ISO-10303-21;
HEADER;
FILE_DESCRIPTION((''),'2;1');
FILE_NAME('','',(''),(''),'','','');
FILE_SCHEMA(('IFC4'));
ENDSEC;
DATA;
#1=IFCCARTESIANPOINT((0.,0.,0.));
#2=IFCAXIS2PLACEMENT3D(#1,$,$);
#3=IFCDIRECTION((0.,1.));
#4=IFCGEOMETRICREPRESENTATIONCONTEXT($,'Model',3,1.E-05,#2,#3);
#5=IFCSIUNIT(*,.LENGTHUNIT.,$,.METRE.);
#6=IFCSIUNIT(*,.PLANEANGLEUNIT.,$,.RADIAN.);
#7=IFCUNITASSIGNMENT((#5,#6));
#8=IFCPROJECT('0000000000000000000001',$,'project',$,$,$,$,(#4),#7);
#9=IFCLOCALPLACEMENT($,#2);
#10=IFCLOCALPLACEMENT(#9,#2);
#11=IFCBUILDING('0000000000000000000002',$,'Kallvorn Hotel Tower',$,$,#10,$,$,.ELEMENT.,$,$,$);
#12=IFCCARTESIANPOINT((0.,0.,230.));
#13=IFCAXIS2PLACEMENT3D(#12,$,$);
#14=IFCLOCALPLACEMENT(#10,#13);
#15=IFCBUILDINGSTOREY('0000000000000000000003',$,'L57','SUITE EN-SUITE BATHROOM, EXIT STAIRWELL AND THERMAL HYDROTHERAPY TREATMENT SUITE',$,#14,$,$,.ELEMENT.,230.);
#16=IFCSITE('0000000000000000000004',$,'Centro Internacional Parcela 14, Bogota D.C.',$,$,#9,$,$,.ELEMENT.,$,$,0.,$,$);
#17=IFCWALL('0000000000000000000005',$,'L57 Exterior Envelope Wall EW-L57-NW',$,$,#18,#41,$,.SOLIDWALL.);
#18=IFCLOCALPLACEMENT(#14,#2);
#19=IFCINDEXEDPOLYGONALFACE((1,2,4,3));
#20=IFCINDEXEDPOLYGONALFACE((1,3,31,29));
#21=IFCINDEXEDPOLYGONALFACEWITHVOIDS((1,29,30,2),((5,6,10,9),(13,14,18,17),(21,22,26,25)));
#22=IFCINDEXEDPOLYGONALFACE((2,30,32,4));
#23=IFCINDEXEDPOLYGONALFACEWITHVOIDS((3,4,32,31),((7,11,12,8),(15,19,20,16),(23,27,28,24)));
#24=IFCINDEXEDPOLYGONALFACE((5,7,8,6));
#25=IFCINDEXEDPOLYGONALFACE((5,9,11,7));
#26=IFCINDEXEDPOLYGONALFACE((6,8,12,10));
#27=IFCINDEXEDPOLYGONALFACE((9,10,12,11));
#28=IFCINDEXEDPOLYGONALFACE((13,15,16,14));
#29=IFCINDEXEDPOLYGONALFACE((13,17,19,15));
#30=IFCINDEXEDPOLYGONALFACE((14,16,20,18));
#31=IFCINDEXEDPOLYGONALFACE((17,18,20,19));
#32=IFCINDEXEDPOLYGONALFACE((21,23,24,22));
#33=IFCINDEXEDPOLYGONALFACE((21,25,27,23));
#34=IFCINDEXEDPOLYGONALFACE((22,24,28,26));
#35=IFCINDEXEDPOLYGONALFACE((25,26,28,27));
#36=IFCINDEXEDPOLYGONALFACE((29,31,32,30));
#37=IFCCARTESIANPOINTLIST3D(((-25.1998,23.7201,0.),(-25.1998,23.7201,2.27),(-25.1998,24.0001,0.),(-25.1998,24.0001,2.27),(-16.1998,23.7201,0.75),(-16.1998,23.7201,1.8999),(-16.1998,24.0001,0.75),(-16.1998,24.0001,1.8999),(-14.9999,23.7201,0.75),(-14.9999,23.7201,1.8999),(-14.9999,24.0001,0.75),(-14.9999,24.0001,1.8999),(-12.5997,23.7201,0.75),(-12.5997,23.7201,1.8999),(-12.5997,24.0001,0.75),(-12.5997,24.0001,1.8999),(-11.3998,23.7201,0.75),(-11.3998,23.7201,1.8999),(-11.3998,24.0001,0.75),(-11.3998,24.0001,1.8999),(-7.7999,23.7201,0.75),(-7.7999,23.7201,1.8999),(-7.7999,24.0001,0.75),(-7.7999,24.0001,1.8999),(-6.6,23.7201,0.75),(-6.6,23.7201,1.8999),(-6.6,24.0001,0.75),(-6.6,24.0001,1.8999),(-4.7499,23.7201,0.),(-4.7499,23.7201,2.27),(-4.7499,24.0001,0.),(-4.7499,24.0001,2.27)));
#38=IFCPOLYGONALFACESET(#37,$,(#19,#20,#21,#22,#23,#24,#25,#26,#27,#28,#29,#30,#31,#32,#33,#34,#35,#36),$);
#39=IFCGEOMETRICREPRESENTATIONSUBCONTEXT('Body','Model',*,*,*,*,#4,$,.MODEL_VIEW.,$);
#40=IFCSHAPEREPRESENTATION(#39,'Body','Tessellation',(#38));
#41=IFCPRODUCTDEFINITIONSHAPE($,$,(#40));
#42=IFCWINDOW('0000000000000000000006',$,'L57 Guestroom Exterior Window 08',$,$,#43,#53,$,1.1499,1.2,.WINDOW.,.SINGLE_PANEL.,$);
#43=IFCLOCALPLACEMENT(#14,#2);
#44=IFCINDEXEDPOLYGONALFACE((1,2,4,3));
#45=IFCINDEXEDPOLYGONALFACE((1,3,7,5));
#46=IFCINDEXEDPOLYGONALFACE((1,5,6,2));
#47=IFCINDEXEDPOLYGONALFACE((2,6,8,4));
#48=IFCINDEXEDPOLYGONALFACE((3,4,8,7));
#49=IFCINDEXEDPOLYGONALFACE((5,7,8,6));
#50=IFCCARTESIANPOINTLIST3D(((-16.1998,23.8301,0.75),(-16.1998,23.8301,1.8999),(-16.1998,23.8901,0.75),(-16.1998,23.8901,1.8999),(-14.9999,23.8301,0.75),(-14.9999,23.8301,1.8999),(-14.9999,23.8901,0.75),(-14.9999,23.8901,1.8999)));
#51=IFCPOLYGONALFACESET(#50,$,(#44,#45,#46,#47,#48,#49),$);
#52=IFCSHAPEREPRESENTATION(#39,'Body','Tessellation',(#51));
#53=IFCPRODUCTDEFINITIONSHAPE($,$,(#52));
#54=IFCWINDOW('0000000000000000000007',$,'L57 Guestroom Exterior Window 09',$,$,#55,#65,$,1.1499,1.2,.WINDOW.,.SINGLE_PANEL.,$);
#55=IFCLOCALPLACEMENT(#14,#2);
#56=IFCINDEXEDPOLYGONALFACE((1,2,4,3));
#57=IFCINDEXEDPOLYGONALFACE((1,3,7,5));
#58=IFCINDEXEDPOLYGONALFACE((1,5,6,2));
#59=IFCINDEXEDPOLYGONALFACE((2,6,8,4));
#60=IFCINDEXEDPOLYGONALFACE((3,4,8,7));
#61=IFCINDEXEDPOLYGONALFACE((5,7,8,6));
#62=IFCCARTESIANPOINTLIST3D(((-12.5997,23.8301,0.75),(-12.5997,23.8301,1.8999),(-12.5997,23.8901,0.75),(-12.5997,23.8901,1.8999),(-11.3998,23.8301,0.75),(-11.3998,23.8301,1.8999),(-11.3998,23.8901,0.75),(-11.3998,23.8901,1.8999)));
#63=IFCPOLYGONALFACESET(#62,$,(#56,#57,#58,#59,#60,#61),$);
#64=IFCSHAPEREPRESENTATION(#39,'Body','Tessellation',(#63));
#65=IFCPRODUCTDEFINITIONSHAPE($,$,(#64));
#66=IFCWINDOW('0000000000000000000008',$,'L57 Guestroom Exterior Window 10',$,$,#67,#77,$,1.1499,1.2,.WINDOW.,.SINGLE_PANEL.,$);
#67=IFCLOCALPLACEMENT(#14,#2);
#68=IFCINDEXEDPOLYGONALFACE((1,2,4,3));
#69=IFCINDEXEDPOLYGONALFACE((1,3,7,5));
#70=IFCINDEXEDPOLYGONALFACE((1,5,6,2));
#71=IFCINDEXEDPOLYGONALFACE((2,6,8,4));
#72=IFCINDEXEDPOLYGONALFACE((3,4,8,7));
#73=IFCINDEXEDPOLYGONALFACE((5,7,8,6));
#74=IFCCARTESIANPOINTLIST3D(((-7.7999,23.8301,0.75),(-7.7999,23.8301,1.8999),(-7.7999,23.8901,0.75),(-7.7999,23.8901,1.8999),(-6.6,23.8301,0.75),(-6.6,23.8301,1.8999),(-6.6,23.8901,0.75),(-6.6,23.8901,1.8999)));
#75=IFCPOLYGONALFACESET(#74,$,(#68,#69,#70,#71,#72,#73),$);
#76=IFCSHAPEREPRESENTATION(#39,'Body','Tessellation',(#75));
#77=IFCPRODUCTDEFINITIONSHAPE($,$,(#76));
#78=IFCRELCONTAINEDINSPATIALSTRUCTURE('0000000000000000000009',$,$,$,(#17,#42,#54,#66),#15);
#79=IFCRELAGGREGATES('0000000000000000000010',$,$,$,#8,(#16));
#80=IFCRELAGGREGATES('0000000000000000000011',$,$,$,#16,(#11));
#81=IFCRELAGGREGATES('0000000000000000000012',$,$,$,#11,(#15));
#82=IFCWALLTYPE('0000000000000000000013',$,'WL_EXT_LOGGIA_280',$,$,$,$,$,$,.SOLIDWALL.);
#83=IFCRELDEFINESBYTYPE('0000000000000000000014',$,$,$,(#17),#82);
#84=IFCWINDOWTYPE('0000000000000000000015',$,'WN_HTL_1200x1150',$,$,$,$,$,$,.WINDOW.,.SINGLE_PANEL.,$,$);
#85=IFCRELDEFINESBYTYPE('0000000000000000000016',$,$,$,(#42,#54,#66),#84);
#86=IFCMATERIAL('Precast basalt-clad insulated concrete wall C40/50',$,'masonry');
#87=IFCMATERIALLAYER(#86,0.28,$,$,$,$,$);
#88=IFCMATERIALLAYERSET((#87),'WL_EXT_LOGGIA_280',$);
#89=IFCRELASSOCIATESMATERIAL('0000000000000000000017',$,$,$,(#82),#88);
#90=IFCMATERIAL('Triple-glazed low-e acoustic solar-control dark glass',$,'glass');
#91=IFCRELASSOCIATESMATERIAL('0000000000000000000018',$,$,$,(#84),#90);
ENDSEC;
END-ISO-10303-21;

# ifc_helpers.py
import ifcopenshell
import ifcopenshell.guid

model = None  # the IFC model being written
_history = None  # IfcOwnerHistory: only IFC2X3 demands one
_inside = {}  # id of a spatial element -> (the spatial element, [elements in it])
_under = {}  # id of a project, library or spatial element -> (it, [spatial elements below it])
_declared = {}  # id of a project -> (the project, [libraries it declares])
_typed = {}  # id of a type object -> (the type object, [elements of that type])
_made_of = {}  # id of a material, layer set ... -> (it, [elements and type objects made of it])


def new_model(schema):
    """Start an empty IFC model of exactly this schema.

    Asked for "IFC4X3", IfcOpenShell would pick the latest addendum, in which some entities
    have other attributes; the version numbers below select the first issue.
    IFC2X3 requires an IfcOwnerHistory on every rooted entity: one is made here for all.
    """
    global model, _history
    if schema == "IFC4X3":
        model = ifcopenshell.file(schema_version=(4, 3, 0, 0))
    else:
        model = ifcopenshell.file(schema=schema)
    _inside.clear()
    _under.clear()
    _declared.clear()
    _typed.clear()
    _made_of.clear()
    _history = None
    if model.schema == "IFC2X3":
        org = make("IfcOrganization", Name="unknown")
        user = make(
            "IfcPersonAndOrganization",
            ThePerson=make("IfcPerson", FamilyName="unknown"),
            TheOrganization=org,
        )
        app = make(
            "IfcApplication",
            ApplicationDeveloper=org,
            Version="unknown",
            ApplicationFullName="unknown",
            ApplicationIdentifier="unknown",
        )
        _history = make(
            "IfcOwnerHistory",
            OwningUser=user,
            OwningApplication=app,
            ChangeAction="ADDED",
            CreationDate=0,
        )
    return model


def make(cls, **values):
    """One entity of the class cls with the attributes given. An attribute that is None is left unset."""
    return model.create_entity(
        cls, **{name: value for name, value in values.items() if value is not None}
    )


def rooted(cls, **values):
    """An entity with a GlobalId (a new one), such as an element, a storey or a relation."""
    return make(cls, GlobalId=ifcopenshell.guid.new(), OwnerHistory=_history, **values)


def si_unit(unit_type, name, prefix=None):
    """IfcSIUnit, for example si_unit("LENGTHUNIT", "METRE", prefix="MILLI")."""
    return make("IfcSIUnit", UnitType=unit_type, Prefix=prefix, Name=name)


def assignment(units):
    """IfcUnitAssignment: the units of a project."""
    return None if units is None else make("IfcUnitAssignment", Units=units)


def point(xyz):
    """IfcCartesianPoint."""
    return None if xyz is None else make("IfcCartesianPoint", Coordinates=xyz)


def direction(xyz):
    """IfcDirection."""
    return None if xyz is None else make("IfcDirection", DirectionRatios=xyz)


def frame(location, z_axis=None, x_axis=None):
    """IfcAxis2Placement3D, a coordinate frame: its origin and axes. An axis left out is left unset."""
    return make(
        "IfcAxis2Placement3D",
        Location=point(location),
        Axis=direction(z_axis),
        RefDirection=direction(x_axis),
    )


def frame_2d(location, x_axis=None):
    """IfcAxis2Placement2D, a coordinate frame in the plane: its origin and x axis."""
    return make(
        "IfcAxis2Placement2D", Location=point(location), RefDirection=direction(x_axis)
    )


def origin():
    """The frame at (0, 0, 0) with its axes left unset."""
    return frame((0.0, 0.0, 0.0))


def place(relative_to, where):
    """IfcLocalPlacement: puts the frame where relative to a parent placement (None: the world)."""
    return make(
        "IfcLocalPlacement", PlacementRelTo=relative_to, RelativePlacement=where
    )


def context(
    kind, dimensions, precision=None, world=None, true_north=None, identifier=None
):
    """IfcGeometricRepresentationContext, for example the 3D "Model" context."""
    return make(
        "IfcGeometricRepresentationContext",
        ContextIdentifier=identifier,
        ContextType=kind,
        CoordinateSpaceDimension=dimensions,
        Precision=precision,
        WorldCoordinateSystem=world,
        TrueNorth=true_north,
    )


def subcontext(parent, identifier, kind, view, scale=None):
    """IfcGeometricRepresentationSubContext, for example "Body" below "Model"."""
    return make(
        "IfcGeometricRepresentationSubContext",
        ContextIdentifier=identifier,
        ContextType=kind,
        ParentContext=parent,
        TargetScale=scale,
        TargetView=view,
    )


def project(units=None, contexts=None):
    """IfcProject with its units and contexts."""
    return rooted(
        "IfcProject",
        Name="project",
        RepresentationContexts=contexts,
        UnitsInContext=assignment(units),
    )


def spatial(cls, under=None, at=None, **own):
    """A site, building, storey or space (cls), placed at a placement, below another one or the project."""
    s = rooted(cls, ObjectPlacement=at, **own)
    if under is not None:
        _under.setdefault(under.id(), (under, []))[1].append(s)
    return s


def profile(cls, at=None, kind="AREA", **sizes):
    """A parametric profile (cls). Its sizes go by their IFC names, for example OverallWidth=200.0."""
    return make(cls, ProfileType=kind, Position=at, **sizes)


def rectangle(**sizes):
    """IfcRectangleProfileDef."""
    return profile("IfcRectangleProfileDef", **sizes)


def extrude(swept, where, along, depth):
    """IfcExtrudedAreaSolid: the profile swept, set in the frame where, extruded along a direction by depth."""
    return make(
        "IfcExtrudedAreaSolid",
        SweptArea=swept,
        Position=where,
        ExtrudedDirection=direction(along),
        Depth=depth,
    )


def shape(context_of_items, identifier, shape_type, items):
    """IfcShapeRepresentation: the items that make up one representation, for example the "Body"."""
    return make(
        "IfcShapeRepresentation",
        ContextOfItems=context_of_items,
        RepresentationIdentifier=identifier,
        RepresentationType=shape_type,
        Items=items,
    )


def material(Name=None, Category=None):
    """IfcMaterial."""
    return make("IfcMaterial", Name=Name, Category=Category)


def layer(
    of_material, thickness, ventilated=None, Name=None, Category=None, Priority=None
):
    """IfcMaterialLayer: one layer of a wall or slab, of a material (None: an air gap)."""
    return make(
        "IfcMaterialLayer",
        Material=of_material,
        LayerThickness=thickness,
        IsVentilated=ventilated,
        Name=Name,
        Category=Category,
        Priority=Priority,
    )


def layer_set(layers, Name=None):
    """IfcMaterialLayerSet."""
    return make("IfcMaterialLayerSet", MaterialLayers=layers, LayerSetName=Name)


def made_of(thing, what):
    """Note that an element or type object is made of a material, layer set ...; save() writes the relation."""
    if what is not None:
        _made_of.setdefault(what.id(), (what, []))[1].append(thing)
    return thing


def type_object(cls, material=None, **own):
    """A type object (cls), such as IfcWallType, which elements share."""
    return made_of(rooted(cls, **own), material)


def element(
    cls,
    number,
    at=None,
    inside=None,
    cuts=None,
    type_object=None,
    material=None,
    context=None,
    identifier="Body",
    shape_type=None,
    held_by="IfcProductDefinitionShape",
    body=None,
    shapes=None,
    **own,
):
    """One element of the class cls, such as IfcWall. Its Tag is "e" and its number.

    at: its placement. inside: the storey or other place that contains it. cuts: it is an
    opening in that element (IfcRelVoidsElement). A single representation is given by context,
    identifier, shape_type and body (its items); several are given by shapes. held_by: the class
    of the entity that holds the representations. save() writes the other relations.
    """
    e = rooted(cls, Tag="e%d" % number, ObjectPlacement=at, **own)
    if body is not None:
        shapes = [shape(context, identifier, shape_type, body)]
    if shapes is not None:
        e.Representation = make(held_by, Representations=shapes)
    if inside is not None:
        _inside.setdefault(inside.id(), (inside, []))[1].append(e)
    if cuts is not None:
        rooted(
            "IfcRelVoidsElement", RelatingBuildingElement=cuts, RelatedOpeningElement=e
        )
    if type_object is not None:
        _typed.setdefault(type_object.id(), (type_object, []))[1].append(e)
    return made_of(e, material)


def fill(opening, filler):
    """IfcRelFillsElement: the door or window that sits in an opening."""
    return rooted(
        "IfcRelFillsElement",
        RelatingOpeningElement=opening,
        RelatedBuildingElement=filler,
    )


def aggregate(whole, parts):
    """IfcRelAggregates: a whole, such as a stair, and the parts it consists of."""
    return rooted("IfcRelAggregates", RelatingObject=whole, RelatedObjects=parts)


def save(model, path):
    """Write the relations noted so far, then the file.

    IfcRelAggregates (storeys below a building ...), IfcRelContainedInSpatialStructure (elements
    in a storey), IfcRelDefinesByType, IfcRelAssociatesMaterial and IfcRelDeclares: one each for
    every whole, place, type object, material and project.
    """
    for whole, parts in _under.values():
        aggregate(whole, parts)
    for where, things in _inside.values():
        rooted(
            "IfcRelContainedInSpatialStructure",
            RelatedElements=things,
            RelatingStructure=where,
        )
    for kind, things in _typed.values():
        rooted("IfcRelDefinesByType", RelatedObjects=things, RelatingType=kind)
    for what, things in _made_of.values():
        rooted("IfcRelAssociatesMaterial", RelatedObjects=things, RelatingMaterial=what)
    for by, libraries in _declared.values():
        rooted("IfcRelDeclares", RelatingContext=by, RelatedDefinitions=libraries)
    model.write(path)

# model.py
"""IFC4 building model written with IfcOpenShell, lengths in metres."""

from ifc_helpers import new_model, si_unit, direction, frame, frame_2d, origin, place, context, subcontext, project, spatial, rectangle, extrude, material, layer, layer_set, type_object, element, fill, save


model = new_model("IFC4")

# Units and contexts
model_context = context("Model", 3, precision=1e-05, world=origin(), true_north=direction((0.0, 1.0)))
body_context = subcontext(model_context, "Body", "Model", "MODEL_VIEW")
ifc_project = project(units=[si_unit("LENGTHUNIT", "METRE"), si_unit("PLANEANGLEUNIT", "RADIAN")], contexts=[model_context])

# Site, building, storey
site_placement = place(None, origin())
site = spatial("IfcSite", under=ifc_project, at=site_placement, Name="Centro Internacional Parcela 14, Bogota D.C.", CompositionType="ELEMENT", RefElevation=0.0)
building_placement = place(site_placement, origin())
building = spatial("IfcBuilding", under=site, at=building_placement, Name="Kallvorn Hotel Tower", CompositionType="ELEMENT")
storey_placement = place(building_placement, frame((0.0, 0.0, 230.0)))
storey = spatial("IfcBuildingStorey", under=building, at=storey_placement, Name="L57", Description="SUITE EN-SUITE BATHROOM, EXIT STAIRWELL AND THERMAL HYDROTHERAPY TREATMENT SUITE", CompositionType="ELEMENT", Elevation=230.0)

# Shared definitions
ifc_material_1 = material(Name="Precast basalt-clad insulated concrete wall C40/50", Category="masonry")
ifc_layer_1 = layer(ifc_material_1, 0.28)
ifc_layer_set_1 = layer_set([ifc_layer_1], Name="WL_EXT_LOGGIA_280")
wall_type = type_object("IfcWallType", Name="WL_EXT_LOGGIA_280", PredefinedType="SOLIDWALL", material=ifc_layer_set_1)

# Wall, openings, windows
wall_1_placement = place(storey_placement, frame((-25.2, 23.8601, 0.0), z_axis=(0.0, 0.0, 1.0), x_axis=(1.0, 0.0, 0.0)))
wall_1 = element("IfcWall", 1, at=wall_1_placement, inside=storey, type_object=wall_type, Name="L57 Exterior Envelope Wall EW-L57-NW", PredefinedType="SOLIDWALL", context=body_context, shape_type="SweptSolid", body=[
    extrude(rectangle(XDim=20.45, YDim=0.28, at=frame_2d((10.2251, 0.0))), origin(), (0.0, 0.0, 1.0), 2.27),
])
opening_1_placement = place(wall_1_placement, frame((9.0, 0.0, 0.75)))
opening_1 = element("IfcOpeningElement", 2, at=opening_1_placement, cuts=wall_1, PredefinedType="OPENING", context=body_context, shape_type="SweptSolid", body=[
    extrude(rectangle(XDim=1.2, YDim=1.1499, at=frame_2d((0.6001, 0.575))), frame((0.0, 0.155, 0.0), z_axis=(0.0, -1.0, 0.0), x_axis=(1.0, 0.0, 0.0)), (0.0, 0.0, 1.0), 0.3101),
])
opening_2_placement = place(wall_1_placement, frame((12.6001, 0.0, 0.75)))
opening_2 = element("IfcOpeningElement", 3, at=opening_2_placement, cuts=wall_1, PredefinedType="OPENING", context=body_context, shape_type="SweptSolid", body=[
    extrude(rectangle(XDim=1.2, YDim=1.1499, at=frame_2d((0.6001, 0.575))), frame((0.0, 0.155, 0.0), z_axis=(0.0, -1.0, 0.0), x_axis=(1.0, 0.0, 0.0)), (0.0, 0.0, 1.0), 0.3101),
])
opening_3_placement = place(wall_1_placement, frame((17.3999, 0.0, 0.75)))
opening_3 = element("IfcOpeningElement", 4, at=opening_3_placement, cuts=wall_1, PredefinedType="OPENING", context=body_context, shape_type="SweptSolid", body=[
    extrude(rectangle(XDim=1.2, YDim=1.1499, at=frame_2d((0.6001, 0.575))), frame((0.0, 0.155, 0.0), z_axis=(0.0, -1.0, 0.0), x_axis=(1.0, 0.0, 0.0)), (0.0, 0.0, 1.0), 0.3101),
])
ifc_material_2 = material(Name="Triple-glazed low-e acoustic solar-control dark glass", Category="glass")
window_type = type_object("IfcWindowType", Name="WN_HTL_1200x1150", PartitioningType="SINGLE_PANEL", PredefinedType="WINDOW", material=ifc_material_2)
window_1_placement = place(opening_1_placement, origin())
window_1 = element("IfcWindow", 5, at=window_1_placement, inside=storey, type_object=window_type, Name="L57 Guestroom Exterior Window 08", OverallHeight=1.1499, OverallWidth=1.2, PartitioningType="SINGLE_PANEL", PredefinedType="WINDOW", context=body_context, shape_type="SweptSolid", body=[
    extrude(rectangle(XDim=1.2, YDim=1.1499, at=frame_2d((0.6001, 0.575))), frame((0.0, 0.03, 0.0), z_axis=(0.0, -1.0, 0.0), x_axis=(1.0, 0.0, 0.0)), (0.0, 0.0, 1.0), 0.0601),
])
fill(opening_1, window_1)
window_2_placement = place(opening_2_placement, origin())
window_2 = element("IfcWindow", 6, at=window_2_placement, inside=storey, type_object=window_type, Name="L57 Guestroom Exterior Window 09", OverallHeight=1.1499, OverallWidth=1.2, PartitioningType="SINGLE_PANEL", PredefinedType="WINDOW", context=body_context, shape_type="SweptSolid", body=[
    extrude(rectangle(XDim=1.2, YDim=1.1499, at=frame_2d((0.6001, 0.575))), frame((0.0, 0.03, 0.0), z_axis=(0.0, -1.0, 0.0), x_axis=(1.0, 0.0, 0.0)), (0.0, 0.0, 1.0), 0.0601),
])
fill(opening_2, window_2)
window_3_placement = place(opening_3_placement, origin())
window_3 = element("IfcWindow", 7, at=window_3_placement, inside=storey, type_object=window_type, Name="L57 Guestroom Exterior Window 10", OverallHeight=1.1499, OverallWidth=1.2, PartitioningType="SINGLE_PANEL", PredefinedType="WINDOW", context=body_context, shape_type="SweptSolid", body=[
    extrude(rectangle(XDim=1.2, YDim=1.1499, at=frame_2d((0.6001, 0.575))), frame((0.0, 0.03, 0.0), z_axis=(0.0, -1.0, 0.0), x_axis=(1.0, 0.0, 0.0)), (0.0, 0.0, 1.0), 0.0601),
])
fill(opening_3, window_3)

save(model, "model.ifc")
